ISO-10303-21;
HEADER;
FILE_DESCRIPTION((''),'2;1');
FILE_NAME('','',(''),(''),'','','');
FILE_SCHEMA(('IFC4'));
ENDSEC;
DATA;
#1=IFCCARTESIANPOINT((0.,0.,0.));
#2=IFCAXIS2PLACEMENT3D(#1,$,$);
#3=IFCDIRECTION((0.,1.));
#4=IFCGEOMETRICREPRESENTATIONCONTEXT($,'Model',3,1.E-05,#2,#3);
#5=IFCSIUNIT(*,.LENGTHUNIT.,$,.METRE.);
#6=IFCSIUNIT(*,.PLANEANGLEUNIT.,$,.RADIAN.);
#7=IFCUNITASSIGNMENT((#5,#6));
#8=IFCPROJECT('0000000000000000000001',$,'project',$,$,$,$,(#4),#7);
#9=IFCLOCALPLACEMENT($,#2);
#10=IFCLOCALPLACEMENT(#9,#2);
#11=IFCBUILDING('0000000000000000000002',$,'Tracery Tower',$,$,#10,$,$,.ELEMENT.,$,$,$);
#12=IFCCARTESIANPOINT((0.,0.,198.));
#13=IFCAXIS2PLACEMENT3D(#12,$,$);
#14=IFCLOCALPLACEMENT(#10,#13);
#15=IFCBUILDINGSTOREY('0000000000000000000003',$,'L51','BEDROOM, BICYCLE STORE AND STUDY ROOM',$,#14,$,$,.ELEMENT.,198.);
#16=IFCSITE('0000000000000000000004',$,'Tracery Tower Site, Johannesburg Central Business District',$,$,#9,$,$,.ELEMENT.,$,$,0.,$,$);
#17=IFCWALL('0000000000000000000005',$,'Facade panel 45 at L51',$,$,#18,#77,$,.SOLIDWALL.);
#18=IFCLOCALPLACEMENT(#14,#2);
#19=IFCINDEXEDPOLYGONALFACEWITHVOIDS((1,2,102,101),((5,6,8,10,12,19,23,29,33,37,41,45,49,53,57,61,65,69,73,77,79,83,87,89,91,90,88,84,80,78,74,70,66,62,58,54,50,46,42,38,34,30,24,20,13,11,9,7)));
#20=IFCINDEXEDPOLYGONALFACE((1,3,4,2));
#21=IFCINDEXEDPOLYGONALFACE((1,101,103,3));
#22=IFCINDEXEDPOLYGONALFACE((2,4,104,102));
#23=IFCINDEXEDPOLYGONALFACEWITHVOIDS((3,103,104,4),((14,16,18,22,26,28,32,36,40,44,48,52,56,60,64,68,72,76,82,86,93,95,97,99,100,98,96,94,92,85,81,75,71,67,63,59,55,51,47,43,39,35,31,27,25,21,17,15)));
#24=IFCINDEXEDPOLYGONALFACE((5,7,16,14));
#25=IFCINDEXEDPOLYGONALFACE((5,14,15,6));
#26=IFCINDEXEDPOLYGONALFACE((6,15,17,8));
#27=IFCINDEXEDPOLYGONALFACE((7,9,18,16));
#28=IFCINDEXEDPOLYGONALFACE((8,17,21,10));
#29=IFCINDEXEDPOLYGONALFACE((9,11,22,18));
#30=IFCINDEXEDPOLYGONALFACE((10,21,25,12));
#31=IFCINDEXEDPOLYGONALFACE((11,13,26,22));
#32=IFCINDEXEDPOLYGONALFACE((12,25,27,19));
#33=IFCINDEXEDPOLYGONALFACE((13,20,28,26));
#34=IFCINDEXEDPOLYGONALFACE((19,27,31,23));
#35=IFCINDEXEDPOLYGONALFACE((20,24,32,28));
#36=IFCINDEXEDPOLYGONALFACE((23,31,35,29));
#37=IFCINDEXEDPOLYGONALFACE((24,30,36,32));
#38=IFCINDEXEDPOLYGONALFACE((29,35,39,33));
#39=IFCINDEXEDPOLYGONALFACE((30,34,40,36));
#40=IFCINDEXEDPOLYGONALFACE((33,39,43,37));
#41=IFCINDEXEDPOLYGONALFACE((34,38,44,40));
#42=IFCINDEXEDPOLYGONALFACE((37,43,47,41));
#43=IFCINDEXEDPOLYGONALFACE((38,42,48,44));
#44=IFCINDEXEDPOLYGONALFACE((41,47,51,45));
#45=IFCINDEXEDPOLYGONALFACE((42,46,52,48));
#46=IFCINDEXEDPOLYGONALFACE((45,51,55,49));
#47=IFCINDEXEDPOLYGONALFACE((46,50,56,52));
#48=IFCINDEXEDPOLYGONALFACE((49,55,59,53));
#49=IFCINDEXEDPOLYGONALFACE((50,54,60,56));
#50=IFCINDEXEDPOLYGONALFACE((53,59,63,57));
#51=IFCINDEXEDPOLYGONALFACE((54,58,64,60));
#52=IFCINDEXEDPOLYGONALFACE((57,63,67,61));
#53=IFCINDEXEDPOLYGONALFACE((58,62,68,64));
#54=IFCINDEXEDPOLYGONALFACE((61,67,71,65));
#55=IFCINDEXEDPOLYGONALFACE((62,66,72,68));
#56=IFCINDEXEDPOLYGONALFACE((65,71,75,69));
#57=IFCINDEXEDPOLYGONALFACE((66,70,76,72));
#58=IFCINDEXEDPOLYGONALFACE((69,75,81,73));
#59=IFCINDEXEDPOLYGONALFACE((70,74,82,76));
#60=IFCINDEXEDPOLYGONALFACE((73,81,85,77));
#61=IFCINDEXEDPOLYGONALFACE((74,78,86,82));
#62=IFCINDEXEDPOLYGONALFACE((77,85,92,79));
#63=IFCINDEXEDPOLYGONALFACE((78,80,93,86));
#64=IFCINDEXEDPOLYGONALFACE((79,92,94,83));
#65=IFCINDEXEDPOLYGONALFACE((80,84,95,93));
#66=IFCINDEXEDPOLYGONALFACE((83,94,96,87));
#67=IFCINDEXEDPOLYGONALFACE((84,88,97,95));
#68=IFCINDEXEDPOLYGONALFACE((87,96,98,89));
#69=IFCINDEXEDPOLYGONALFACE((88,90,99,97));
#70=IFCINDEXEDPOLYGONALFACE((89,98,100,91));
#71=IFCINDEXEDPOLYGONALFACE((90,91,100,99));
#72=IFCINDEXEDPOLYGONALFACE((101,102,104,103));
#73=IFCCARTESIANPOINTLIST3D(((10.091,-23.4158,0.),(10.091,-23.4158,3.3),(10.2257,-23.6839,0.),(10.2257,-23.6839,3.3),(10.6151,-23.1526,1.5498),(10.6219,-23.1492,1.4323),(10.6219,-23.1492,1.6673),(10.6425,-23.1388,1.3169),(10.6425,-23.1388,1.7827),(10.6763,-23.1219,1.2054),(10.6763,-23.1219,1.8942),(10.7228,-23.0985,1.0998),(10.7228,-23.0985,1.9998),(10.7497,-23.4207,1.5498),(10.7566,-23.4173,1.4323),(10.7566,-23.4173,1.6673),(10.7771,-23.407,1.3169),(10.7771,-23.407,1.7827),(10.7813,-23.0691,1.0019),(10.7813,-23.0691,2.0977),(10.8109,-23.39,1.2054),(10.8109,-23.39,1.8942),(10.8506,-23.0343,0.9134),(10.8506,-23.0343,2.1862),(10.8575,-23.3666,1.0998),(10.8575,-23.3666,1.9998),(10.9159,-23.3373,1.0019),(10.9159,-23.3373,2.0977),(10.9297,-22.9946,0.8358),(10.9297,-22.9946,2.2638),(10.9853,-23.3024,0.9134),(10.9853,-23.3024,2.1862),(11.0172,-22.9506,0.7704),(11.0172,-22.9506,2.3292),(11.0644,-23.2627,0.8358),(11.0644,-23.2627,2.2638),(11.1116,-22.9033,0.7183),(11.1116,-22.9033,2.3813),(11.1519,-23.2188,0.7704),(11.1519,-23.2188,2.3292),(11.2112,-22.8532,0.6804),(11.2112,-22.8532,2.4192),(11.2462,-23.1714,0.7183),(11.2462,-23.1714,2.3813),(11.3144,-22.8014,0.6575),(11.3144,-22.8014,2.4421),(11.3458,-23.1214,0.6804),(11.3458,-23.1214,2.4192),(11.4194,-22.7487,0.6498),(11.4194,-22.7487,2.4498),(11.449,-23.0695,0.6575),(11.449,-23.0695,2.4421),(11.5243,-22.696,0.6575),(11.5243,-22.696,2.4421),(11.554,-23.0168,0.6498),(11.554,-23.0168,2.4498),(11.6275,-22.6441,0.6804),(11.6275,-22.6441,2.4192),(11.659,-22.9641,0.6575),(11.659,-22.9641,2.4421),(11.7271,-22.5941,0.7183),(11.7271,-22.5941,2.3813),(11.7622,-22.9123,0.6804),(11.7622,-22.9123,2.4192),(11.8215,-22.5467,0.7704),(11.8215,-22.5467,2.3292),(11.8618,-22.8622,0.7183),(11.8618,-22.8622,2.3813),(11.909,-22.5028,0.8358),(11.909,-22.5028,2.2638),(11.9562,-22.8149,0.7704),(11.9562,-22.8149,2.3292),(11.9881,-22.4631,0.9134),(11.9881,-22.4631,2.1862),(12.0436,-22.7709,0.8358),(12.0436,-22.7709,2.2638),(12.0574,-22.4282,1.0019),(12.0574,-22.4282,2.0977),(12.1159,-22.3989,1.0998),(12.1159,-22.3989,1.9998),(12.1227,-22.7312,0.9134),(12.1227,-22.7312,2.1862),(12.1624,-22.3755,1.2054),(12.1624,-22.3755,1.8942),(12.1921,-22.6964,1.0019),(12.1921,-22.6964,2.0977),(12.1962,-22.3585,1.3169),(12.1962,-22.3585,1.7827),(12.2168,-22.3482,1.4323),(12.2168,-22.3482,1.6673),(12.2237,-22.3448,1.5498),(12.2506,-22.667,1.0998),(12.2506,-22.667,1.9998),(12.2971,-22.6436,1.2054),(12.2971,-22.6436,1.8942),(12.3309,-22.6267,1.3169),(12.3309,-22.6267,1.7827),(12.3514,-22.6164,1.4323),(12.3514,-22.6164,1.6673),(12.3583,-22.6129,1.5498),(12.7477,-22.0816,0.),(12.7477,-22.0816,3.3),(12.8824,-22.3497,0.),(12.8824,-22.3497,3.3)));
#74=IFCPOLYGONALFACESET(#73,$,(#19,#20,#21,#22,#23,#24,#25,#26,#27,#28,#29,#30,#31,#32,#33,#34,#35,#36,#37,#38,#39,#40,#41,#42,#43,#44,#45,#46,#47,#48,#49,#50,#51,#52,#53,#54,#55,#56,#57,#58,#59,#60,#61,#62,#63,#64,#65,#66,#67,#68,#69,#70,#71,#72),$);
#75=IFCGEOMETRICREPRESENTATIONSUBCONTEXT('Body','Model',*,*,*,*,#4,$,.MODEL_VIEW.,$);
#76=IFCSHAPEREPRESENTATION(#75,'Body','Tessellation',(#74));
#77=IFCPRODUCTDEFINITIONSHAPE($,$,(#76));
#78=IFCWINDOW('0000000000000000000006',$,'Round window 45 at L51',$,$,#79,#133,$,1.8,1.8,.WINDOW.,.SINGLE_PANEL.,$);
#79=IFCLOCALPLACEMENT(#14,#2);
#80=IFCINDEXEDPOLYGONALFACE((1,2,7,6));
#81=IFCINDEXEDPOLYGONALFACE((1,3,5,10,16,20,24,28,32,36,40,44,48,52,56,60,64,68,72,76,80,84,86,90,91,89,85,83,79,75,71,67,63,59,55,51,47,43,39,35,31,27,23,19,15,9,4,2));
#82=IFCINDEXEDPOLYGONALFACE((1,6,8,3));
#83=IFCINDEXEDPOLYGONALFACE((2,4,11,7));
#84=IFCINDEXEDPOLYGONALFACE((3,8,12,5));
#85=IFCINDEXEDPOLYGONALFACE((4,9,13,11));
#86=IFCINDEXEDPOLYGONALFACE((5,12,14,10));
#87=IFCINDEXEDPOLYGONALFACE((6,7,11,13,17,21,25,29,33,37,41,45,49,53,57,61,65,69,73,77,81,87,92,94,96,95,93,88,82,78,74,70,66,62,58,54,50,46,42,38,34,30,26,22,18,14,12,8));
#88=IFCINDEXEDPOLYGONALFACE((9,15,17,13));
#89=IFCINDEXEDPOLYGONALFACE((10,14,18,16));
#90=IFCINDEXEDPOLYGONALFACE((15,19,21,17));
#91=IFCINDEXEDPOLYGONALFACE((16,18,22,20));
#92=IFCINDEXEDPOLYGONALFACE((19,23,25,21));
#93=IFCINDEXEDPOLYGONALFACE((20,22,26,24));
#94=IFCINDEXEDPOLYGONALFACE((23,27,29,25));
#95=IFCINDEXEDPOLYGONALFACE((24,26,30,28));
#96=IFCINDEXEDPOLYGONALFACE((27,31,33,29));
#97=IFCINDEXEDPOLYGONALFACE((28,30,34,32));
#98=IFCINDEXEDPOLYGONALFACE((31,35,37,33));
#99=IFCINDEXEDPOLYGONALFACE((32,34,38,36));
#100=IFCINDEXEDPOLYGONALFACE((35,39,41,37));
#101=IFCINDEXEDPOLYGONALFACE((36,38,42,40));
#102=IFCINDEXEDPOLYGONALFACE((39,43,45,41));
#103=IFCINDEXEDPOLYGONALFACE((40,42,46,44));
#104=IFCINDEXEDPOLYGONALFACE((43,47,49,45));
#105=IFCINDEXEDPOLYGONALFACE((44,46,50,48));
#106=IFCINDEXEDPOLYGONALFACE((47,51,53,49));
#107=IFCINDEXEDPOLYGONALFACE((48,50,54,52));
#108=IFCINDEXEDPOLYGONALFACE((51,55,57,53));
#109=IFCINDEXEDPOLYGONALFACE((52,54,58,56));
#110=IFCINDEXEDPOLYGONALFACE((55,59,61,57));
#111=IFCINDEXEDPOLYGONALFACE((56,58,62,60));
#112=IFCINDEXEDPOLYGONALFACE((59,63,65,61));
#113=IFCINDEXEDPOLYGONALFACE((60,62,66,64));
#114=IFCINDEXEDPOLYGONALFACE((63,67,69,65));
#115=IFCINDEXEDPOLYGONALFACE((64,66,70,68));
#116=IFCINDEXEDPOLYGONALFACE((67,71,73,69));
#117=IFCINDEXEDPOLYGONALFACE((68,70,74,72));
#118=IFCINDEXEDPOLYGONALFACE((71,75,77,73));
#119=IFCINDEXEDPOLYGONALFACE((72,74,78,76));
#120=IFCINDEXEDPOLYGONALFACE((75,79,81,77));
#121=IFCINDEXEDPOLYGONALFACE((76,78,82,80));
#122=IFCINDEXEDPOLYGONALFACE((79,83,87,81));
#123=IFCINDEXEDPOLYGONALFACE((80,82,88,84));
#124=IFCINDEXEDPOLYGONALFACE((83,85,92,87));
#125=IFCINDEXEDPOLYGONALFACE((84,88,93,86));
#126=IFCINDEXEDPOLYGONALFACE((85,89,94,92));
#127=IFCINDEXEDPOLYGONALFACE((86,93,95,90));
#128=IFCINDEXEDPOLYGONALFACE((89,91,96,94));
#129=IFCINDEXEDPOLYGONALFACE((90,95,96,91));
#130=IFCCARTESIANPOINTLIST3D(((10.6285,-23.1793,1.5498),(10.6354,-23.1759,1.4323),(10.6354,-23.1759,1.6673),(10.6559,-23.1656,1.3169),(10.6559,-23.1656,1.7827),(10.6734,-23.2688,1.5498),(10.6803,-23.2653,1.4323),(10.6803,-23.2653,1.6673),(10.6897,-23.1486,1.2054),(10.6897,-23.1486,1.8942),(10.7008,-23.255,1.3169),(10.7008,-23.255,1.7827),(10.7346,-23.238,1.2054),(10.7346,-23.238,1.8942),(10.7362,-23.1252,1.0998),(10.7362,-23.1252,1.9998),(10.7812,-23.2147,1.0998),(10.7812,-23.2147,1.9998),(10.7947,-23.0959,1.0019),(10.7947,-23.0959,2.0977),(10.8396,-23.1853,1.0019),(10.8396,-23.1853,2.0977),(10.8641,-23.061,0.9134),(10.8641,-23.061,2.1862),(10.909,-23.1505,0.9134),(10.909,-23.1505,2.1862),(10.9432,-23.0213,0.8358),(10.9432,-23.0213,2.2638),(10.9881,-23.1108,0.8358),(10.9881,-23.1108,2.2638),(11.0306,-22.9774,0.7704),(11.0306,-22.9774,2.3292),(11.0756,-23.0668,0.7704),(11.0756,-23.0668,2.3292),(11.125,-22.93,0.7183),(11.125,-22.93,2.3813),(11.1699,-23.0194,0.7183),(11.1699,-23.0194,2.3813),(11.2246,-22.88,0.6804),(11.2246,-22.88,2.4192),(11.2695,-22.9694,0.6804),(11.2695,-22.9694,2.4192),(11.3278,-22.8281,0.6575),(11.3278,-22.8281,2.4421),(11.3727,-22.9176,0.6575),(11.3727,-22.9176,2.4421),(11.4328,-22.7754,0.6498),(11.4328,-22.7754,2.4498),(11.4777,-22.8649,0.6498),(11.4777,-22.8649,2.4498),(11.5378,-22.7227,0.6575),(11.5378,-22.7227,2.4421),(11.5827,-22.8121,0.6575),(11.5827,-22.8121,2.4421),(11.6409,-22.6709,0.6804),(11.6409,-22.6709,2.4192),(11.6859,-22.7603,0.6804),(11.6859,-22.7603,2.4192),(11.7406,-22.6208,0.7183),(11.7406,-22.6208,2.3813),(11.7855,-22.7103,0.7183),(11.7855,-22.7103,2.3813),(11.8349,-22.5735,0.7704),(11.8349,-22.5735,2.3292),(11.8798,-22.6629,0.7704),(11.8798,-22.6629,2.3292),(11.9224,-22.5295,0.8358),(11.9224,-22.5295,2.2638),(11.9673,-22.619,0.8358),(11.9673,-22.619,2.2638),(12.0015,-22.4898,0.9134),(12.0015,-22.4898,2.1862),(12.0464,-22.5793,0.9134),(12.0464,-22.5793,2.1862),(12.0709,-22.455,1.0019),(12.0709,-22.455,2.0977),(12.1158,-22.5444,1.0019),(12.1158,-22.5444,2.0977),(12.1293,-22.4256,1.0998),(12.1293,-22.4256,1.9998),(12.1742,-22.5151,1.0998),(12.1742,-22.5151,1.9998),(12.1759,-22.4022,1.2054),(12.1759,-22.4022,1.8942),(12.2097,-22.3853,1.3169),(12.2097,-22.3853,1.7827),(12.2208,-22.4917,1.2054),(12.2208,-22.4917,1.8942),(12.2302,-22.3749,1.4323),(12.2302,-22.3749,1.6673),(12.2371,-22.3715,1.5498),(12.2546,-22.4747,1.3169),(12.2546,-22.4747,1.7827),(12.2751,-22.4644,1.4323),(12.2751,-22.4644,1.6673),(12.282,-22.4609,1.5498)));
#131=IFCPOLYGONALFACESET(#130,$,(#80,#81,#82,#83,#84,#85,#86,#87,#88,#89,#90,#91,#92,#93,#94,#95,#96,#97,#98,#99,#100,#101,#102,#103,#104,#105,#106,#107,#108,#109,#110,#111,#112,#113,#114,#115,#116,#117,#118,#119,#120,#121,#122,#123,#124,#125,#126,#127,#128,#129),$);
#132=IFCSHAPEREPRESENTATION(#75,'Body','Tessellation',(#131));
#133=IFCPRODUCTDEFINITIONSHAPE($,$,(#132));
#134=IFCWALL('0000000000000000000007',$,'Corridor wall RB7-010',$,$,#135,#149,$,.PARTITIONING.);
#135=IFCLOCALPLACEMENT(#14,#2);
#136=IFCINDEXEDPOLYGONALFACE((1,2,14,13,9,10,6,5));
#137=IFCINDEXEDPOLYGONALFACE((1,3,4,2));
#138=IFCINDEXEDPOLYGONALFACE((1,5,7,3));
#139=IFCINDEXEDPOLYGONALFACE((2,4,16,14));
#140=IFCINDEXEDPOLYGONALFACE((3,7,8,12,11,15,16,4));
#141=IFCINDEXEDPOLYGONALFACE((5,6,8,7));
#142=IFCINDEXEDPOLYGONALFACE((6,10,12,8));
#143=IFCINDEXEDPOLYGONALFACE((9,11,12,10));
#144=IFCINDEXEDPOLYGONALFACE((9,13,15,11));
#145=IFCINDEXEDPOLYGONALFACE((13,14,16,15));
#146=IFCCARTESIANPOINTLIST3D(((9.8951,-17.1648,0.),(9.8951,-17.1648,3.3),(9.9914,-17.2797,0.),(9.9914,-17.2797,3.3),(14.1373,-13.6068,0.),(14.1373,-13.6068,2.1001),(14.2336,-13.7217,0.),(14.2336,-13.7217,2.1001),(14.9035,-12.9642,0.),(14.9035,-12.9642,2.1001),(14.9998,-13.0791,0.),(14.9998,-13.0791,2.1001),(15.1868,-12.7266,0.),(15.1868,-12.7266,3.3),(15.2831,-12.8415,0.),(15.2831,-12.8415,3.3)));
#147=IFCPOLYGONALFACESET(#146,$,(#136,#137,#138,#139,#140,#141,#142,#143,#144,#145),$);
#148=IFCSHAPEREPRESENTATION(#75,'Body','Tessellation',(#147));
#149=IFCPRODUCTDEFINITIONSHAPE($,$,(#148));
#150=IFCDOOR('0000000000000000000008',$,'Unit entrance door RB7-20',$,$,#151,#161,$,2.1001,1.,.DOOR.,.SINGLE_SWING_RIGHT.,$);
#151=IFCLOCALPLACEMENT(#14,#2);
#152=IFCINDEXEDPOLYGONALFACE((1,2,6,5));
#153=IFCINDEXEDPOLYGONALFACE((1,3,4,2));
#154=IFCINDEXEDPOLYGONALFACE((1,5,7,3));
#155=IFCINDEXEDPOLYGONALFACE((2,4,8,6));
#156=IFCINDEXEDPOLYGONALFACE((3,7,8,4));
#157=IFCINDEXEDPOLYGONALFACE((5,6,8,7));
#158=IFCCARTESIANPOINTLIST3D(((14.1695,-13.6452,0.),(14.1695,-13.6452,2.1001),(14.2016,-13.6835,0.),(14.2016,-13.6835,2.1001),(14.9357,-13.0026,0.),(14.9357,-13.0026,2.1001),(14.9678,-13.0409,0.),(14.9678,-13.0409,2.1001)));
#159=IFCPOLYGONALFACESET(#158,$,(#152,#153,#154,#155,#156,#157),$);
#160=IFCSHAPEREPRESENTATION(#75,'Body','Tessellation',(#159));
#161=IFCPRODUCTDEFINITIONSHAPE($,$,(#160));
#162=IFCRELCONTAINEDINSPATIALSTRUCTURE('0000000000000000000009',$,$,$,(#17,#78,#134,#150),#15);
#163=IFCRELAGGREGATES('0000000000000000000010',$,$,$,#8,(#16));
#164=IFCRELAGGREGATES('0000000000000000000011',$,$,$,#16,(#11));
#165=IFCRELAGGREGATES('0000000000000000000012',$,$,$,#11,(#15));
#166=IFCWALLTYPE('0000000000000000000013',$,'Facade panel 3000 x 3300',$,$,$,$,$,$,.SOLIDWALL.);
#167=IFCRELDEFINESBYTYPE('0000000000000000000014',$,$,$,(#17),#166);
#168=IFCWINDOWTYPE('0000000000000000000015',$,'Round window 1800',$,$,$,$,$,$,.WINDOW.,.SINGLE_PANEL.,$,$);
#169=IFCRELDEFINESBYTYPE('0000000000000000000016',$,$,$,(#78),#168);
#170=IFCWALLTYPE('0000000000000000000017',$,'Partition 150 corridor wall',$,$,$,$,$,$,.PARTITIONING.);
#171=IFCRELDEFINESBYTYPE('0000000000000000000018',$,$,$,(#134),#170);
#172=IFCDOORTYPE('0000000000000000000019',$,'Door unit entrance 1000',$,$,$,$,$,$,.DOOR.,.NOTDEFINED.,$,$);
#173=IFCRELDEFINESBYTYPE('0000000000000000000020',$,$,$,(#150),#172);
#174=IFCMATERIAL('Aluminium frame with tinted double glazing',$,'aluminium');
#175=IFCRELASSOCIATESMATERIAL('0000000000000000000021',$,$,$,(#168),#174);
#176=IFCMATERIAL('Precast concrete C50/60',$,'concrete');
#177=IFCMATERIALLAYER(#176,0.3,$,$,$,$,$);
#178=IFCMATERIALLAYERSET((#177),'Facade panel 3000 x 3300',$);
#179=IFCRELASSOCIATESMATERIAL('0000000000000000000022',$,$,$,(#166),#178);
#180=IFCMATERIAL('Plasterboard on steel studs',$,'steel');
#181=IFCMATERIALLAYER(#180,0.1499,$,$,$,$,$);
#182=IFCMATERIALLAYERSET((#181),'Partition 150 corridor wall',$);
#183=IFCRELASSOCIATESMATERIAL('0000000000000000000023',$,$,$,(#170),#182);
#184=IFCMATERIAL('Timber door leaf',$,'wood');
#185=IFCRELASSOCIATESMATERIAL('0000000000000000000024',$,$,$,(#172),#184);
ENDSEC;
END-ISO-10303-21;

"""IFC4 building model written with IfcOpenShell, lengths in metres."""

from ifc_helpers import new_model, si_unit, direction, frame, frame_2d, origin, origin_2d, place, context, subcontext, project, spatial, rectangle, circle, extrude, material, layer, layer_set, type_object, element, fill, save


model = new_model("IFC4")

# Units and contexts
model_context = context("Model", 3, precision=1e-05, world=origin(), true_north=direction((0.0, 1.0)))
body_context = subcontext(model_context, "Body", "Model", "MODEL_VIEW")
ifc_project = project(units=[si_unit("LENGTHUNIT", "METRE"), si_unit("PLANEANGLEUNIT", "RADIAN")], contexts=[model_context])

# Site, building, storey
site_placement = place(None, origin())
site = spatial("IfcSite", under=ifc_project, at=site_placement, Name="Tracery Tower Site, Johannesburg Central Business District", CompositionType="ELEMENT", RefElevation=0.0)
building_placement = place(site_placement, origin())
building = spatial("IfcBuilding", under=site, at=building_placement, Name="Tracery Tower", CompositionType="ELEMENT")
storey_placement = place(building_placement, frame((0.0, 0.0, 198.0)))
storey = spatial("IfcBuildingStorey", under=building, at=storey_placement, Name="L51", Description="BEDROOM, BICYCLE STORE AND STUDY ROOM", CompositionType="ELEMENT", Elevation=198.0)

# Wall, opening, window
ifc_material_1 = material(Name="Aluminium frame with tinted double glazing", Category="aluminium")
window_type = type_object("IfcWindowType", Name="Round window 1800", PartitioningType="SINGLE_PANEL", PredefinedType="WINDOW", material=ifc_material_1)
ifc_material_2 = material(Name="Precast concrete C50/60", Category="concrete")
ifc_layer_1 = layer(ifc_material_2, 0.3)
ifc_layer_set_1 = layer_set([ifc_layer_1], Name="Facade panel 3000 x 3300")
wall_type_1 = type_object("IfcWallType", Name="Facade panel 3000 x 3300", PredefinedType="SOLIDWALL", material=ifc_layer_set_1)
wall_1_placement = place(storey_placement, frame((10.1584, -23.5498, 0.0), z_axis=(0.0, 0.0, 1.0), x_axis=(0.893637, 0.44879, 0.0)))
wall_1 = element("IfcWall", 1, at=wall_1_placement, inside=storey, type_object=wall_type_1, Name="Facade panel 45 at L51", PredefinedType="SOLIDWALL", context=body_context, shape_type="SweptSolid", body=[
    extrude(rectangle(XDim=2.9729, YDim=0.3, at=frame_2d((1.4863, 0.0))), origin(), (0.0, 0.0, 1.0), 3.3),
])
opening_1_placement = place(wall_1_placement, frame((1.4863, 0.0, 1.5498)))
opening_1 = element("IfcOpeningElement", 2, at=opening_1_placement, cuts=wall_1, PredefinedType="OPENING", context=body_context, shape_type="SweptSolid", body=[
    extrude(circle(Radius=0.9, at=origin_2d()), frame((0.0, 0.1599, 0.0), z_axis=(0.0, -1.0, 0.0), x_axis=(1.0, 0.0, 0.0)), (0.0, 0.0, 1.0), 0.3201),
])
window_1_placement = place(opening_1_placement, origin())
window_1 = element("IfcWindow", 3, at=window_1_placement, inside=storey, type_object=window_type, Name="Round window 45 at L51", OverallHeight=1.8, OverallWidth=1.8, PartitioningType="SINGLE_PANEL", PredefinedType="WINDOW", context=body_context, shape_type="SweptSolid", body=[
    extrude(circle(Radius=0.9, at=origin_2d()), frame((0.0, 0.1201, 0.0), z_axis=(0.0, -1.0, 0.0), x_axis=(1.0, 0.0, 0.0)), (0.0, 0.0, 1.0), 0.1001),
])
fill(opening_1, window_1)

# Wall, opening, door
ifc_material_3 = material(Name="Plasterboard on steel studs", Category="steel")
ifc_layer_2 = layer(ifc_material_3, 0.1499)
ifc_layer_set_2 = layer_set([ifc_layer_2], Name="Partition 150 corridor wall")
wall_type_2 = type_object("IfcWallType", Name="Partition 150 corridor wall", PredefinedType="PARTITIONING", material=ifc_layer_set_2)
wall_2_placement = place(storey_placement, frame((9.9434, -17.2222, 0.0), z_axis=(0.0, 0.0, 1.0), x_axis=(0.766192, 0.642612, 0.0)))
wall_2 = element("IfcWall", 4, at=wall_2_placement, inside=storey, type_object=wall_type_2, Name="Corridor wall RB7-010", PredefinedType="PARTITIONING", context=body_context, shape_type="SweptSolid", body=[
    extrude(rectangle(XDim=6.9065, YDim=0.1499, at=frame_2d((3.4531, 0.0))), origin(), (0.0, 0.0, 1.0), 3.3),
])
opening_2_placement = place(wall_2_placement, frame((5.5366, 0.0, 0.0)))
opening_2 = element("IfcOpeningElement", 5, at=opening_2_placement, cuts=wall_2, PredefinedType="OPENING", context=body_context, shape_type="SweptSolid", body=[
    extrude(rectangle(XDim=1.0, YDim=2.1001, at=frame_2d((0.5, 1.05))), frame((0.0, 0.075, 0.0), z_axis=(0.0, -1.0, 0.0), x_axis=(1.0, 0.0, 0.0)), (0.0, 0.0, 1.0), 0.1499),
])
ifc_material_4 = material(Name="Timber door leaf", Category="wood")
door_type_1 = type_object("IfcDoorType", Name="Door unit entrance 1000", OperationType="NOTDEFINED", PredefinedType="DOOR", material=ifc_material_4)
door_1_placement = place(opening_2_placement, origin())
door_1 = element("IfcDoor", 6, at=door_1_placement, inside=storey, type_object=door_type_1, Name="Unit entrance door RB7-20", OperationType="SINGLE_SWING_RIGHT", OverallHeight=2.1001, OverallWidth=1.0, PredefinedType="DOOR", context=body_context, shape_type="SweptSolid", body=[
    extrude(rectangle(XDim=1.0, YDim=2.1001, at=frame_2d((0.5, 1.05))), frame((0.0, 0.0249, 0.0), z_axis=(0.0, -1.0, 0.0), x_axis=(1.0, 0.0, 0.0)), (0.0, 0.0, 1.0), 0.05),
])
fill(opening_2, door_1)

save(model, "model.ifc")
